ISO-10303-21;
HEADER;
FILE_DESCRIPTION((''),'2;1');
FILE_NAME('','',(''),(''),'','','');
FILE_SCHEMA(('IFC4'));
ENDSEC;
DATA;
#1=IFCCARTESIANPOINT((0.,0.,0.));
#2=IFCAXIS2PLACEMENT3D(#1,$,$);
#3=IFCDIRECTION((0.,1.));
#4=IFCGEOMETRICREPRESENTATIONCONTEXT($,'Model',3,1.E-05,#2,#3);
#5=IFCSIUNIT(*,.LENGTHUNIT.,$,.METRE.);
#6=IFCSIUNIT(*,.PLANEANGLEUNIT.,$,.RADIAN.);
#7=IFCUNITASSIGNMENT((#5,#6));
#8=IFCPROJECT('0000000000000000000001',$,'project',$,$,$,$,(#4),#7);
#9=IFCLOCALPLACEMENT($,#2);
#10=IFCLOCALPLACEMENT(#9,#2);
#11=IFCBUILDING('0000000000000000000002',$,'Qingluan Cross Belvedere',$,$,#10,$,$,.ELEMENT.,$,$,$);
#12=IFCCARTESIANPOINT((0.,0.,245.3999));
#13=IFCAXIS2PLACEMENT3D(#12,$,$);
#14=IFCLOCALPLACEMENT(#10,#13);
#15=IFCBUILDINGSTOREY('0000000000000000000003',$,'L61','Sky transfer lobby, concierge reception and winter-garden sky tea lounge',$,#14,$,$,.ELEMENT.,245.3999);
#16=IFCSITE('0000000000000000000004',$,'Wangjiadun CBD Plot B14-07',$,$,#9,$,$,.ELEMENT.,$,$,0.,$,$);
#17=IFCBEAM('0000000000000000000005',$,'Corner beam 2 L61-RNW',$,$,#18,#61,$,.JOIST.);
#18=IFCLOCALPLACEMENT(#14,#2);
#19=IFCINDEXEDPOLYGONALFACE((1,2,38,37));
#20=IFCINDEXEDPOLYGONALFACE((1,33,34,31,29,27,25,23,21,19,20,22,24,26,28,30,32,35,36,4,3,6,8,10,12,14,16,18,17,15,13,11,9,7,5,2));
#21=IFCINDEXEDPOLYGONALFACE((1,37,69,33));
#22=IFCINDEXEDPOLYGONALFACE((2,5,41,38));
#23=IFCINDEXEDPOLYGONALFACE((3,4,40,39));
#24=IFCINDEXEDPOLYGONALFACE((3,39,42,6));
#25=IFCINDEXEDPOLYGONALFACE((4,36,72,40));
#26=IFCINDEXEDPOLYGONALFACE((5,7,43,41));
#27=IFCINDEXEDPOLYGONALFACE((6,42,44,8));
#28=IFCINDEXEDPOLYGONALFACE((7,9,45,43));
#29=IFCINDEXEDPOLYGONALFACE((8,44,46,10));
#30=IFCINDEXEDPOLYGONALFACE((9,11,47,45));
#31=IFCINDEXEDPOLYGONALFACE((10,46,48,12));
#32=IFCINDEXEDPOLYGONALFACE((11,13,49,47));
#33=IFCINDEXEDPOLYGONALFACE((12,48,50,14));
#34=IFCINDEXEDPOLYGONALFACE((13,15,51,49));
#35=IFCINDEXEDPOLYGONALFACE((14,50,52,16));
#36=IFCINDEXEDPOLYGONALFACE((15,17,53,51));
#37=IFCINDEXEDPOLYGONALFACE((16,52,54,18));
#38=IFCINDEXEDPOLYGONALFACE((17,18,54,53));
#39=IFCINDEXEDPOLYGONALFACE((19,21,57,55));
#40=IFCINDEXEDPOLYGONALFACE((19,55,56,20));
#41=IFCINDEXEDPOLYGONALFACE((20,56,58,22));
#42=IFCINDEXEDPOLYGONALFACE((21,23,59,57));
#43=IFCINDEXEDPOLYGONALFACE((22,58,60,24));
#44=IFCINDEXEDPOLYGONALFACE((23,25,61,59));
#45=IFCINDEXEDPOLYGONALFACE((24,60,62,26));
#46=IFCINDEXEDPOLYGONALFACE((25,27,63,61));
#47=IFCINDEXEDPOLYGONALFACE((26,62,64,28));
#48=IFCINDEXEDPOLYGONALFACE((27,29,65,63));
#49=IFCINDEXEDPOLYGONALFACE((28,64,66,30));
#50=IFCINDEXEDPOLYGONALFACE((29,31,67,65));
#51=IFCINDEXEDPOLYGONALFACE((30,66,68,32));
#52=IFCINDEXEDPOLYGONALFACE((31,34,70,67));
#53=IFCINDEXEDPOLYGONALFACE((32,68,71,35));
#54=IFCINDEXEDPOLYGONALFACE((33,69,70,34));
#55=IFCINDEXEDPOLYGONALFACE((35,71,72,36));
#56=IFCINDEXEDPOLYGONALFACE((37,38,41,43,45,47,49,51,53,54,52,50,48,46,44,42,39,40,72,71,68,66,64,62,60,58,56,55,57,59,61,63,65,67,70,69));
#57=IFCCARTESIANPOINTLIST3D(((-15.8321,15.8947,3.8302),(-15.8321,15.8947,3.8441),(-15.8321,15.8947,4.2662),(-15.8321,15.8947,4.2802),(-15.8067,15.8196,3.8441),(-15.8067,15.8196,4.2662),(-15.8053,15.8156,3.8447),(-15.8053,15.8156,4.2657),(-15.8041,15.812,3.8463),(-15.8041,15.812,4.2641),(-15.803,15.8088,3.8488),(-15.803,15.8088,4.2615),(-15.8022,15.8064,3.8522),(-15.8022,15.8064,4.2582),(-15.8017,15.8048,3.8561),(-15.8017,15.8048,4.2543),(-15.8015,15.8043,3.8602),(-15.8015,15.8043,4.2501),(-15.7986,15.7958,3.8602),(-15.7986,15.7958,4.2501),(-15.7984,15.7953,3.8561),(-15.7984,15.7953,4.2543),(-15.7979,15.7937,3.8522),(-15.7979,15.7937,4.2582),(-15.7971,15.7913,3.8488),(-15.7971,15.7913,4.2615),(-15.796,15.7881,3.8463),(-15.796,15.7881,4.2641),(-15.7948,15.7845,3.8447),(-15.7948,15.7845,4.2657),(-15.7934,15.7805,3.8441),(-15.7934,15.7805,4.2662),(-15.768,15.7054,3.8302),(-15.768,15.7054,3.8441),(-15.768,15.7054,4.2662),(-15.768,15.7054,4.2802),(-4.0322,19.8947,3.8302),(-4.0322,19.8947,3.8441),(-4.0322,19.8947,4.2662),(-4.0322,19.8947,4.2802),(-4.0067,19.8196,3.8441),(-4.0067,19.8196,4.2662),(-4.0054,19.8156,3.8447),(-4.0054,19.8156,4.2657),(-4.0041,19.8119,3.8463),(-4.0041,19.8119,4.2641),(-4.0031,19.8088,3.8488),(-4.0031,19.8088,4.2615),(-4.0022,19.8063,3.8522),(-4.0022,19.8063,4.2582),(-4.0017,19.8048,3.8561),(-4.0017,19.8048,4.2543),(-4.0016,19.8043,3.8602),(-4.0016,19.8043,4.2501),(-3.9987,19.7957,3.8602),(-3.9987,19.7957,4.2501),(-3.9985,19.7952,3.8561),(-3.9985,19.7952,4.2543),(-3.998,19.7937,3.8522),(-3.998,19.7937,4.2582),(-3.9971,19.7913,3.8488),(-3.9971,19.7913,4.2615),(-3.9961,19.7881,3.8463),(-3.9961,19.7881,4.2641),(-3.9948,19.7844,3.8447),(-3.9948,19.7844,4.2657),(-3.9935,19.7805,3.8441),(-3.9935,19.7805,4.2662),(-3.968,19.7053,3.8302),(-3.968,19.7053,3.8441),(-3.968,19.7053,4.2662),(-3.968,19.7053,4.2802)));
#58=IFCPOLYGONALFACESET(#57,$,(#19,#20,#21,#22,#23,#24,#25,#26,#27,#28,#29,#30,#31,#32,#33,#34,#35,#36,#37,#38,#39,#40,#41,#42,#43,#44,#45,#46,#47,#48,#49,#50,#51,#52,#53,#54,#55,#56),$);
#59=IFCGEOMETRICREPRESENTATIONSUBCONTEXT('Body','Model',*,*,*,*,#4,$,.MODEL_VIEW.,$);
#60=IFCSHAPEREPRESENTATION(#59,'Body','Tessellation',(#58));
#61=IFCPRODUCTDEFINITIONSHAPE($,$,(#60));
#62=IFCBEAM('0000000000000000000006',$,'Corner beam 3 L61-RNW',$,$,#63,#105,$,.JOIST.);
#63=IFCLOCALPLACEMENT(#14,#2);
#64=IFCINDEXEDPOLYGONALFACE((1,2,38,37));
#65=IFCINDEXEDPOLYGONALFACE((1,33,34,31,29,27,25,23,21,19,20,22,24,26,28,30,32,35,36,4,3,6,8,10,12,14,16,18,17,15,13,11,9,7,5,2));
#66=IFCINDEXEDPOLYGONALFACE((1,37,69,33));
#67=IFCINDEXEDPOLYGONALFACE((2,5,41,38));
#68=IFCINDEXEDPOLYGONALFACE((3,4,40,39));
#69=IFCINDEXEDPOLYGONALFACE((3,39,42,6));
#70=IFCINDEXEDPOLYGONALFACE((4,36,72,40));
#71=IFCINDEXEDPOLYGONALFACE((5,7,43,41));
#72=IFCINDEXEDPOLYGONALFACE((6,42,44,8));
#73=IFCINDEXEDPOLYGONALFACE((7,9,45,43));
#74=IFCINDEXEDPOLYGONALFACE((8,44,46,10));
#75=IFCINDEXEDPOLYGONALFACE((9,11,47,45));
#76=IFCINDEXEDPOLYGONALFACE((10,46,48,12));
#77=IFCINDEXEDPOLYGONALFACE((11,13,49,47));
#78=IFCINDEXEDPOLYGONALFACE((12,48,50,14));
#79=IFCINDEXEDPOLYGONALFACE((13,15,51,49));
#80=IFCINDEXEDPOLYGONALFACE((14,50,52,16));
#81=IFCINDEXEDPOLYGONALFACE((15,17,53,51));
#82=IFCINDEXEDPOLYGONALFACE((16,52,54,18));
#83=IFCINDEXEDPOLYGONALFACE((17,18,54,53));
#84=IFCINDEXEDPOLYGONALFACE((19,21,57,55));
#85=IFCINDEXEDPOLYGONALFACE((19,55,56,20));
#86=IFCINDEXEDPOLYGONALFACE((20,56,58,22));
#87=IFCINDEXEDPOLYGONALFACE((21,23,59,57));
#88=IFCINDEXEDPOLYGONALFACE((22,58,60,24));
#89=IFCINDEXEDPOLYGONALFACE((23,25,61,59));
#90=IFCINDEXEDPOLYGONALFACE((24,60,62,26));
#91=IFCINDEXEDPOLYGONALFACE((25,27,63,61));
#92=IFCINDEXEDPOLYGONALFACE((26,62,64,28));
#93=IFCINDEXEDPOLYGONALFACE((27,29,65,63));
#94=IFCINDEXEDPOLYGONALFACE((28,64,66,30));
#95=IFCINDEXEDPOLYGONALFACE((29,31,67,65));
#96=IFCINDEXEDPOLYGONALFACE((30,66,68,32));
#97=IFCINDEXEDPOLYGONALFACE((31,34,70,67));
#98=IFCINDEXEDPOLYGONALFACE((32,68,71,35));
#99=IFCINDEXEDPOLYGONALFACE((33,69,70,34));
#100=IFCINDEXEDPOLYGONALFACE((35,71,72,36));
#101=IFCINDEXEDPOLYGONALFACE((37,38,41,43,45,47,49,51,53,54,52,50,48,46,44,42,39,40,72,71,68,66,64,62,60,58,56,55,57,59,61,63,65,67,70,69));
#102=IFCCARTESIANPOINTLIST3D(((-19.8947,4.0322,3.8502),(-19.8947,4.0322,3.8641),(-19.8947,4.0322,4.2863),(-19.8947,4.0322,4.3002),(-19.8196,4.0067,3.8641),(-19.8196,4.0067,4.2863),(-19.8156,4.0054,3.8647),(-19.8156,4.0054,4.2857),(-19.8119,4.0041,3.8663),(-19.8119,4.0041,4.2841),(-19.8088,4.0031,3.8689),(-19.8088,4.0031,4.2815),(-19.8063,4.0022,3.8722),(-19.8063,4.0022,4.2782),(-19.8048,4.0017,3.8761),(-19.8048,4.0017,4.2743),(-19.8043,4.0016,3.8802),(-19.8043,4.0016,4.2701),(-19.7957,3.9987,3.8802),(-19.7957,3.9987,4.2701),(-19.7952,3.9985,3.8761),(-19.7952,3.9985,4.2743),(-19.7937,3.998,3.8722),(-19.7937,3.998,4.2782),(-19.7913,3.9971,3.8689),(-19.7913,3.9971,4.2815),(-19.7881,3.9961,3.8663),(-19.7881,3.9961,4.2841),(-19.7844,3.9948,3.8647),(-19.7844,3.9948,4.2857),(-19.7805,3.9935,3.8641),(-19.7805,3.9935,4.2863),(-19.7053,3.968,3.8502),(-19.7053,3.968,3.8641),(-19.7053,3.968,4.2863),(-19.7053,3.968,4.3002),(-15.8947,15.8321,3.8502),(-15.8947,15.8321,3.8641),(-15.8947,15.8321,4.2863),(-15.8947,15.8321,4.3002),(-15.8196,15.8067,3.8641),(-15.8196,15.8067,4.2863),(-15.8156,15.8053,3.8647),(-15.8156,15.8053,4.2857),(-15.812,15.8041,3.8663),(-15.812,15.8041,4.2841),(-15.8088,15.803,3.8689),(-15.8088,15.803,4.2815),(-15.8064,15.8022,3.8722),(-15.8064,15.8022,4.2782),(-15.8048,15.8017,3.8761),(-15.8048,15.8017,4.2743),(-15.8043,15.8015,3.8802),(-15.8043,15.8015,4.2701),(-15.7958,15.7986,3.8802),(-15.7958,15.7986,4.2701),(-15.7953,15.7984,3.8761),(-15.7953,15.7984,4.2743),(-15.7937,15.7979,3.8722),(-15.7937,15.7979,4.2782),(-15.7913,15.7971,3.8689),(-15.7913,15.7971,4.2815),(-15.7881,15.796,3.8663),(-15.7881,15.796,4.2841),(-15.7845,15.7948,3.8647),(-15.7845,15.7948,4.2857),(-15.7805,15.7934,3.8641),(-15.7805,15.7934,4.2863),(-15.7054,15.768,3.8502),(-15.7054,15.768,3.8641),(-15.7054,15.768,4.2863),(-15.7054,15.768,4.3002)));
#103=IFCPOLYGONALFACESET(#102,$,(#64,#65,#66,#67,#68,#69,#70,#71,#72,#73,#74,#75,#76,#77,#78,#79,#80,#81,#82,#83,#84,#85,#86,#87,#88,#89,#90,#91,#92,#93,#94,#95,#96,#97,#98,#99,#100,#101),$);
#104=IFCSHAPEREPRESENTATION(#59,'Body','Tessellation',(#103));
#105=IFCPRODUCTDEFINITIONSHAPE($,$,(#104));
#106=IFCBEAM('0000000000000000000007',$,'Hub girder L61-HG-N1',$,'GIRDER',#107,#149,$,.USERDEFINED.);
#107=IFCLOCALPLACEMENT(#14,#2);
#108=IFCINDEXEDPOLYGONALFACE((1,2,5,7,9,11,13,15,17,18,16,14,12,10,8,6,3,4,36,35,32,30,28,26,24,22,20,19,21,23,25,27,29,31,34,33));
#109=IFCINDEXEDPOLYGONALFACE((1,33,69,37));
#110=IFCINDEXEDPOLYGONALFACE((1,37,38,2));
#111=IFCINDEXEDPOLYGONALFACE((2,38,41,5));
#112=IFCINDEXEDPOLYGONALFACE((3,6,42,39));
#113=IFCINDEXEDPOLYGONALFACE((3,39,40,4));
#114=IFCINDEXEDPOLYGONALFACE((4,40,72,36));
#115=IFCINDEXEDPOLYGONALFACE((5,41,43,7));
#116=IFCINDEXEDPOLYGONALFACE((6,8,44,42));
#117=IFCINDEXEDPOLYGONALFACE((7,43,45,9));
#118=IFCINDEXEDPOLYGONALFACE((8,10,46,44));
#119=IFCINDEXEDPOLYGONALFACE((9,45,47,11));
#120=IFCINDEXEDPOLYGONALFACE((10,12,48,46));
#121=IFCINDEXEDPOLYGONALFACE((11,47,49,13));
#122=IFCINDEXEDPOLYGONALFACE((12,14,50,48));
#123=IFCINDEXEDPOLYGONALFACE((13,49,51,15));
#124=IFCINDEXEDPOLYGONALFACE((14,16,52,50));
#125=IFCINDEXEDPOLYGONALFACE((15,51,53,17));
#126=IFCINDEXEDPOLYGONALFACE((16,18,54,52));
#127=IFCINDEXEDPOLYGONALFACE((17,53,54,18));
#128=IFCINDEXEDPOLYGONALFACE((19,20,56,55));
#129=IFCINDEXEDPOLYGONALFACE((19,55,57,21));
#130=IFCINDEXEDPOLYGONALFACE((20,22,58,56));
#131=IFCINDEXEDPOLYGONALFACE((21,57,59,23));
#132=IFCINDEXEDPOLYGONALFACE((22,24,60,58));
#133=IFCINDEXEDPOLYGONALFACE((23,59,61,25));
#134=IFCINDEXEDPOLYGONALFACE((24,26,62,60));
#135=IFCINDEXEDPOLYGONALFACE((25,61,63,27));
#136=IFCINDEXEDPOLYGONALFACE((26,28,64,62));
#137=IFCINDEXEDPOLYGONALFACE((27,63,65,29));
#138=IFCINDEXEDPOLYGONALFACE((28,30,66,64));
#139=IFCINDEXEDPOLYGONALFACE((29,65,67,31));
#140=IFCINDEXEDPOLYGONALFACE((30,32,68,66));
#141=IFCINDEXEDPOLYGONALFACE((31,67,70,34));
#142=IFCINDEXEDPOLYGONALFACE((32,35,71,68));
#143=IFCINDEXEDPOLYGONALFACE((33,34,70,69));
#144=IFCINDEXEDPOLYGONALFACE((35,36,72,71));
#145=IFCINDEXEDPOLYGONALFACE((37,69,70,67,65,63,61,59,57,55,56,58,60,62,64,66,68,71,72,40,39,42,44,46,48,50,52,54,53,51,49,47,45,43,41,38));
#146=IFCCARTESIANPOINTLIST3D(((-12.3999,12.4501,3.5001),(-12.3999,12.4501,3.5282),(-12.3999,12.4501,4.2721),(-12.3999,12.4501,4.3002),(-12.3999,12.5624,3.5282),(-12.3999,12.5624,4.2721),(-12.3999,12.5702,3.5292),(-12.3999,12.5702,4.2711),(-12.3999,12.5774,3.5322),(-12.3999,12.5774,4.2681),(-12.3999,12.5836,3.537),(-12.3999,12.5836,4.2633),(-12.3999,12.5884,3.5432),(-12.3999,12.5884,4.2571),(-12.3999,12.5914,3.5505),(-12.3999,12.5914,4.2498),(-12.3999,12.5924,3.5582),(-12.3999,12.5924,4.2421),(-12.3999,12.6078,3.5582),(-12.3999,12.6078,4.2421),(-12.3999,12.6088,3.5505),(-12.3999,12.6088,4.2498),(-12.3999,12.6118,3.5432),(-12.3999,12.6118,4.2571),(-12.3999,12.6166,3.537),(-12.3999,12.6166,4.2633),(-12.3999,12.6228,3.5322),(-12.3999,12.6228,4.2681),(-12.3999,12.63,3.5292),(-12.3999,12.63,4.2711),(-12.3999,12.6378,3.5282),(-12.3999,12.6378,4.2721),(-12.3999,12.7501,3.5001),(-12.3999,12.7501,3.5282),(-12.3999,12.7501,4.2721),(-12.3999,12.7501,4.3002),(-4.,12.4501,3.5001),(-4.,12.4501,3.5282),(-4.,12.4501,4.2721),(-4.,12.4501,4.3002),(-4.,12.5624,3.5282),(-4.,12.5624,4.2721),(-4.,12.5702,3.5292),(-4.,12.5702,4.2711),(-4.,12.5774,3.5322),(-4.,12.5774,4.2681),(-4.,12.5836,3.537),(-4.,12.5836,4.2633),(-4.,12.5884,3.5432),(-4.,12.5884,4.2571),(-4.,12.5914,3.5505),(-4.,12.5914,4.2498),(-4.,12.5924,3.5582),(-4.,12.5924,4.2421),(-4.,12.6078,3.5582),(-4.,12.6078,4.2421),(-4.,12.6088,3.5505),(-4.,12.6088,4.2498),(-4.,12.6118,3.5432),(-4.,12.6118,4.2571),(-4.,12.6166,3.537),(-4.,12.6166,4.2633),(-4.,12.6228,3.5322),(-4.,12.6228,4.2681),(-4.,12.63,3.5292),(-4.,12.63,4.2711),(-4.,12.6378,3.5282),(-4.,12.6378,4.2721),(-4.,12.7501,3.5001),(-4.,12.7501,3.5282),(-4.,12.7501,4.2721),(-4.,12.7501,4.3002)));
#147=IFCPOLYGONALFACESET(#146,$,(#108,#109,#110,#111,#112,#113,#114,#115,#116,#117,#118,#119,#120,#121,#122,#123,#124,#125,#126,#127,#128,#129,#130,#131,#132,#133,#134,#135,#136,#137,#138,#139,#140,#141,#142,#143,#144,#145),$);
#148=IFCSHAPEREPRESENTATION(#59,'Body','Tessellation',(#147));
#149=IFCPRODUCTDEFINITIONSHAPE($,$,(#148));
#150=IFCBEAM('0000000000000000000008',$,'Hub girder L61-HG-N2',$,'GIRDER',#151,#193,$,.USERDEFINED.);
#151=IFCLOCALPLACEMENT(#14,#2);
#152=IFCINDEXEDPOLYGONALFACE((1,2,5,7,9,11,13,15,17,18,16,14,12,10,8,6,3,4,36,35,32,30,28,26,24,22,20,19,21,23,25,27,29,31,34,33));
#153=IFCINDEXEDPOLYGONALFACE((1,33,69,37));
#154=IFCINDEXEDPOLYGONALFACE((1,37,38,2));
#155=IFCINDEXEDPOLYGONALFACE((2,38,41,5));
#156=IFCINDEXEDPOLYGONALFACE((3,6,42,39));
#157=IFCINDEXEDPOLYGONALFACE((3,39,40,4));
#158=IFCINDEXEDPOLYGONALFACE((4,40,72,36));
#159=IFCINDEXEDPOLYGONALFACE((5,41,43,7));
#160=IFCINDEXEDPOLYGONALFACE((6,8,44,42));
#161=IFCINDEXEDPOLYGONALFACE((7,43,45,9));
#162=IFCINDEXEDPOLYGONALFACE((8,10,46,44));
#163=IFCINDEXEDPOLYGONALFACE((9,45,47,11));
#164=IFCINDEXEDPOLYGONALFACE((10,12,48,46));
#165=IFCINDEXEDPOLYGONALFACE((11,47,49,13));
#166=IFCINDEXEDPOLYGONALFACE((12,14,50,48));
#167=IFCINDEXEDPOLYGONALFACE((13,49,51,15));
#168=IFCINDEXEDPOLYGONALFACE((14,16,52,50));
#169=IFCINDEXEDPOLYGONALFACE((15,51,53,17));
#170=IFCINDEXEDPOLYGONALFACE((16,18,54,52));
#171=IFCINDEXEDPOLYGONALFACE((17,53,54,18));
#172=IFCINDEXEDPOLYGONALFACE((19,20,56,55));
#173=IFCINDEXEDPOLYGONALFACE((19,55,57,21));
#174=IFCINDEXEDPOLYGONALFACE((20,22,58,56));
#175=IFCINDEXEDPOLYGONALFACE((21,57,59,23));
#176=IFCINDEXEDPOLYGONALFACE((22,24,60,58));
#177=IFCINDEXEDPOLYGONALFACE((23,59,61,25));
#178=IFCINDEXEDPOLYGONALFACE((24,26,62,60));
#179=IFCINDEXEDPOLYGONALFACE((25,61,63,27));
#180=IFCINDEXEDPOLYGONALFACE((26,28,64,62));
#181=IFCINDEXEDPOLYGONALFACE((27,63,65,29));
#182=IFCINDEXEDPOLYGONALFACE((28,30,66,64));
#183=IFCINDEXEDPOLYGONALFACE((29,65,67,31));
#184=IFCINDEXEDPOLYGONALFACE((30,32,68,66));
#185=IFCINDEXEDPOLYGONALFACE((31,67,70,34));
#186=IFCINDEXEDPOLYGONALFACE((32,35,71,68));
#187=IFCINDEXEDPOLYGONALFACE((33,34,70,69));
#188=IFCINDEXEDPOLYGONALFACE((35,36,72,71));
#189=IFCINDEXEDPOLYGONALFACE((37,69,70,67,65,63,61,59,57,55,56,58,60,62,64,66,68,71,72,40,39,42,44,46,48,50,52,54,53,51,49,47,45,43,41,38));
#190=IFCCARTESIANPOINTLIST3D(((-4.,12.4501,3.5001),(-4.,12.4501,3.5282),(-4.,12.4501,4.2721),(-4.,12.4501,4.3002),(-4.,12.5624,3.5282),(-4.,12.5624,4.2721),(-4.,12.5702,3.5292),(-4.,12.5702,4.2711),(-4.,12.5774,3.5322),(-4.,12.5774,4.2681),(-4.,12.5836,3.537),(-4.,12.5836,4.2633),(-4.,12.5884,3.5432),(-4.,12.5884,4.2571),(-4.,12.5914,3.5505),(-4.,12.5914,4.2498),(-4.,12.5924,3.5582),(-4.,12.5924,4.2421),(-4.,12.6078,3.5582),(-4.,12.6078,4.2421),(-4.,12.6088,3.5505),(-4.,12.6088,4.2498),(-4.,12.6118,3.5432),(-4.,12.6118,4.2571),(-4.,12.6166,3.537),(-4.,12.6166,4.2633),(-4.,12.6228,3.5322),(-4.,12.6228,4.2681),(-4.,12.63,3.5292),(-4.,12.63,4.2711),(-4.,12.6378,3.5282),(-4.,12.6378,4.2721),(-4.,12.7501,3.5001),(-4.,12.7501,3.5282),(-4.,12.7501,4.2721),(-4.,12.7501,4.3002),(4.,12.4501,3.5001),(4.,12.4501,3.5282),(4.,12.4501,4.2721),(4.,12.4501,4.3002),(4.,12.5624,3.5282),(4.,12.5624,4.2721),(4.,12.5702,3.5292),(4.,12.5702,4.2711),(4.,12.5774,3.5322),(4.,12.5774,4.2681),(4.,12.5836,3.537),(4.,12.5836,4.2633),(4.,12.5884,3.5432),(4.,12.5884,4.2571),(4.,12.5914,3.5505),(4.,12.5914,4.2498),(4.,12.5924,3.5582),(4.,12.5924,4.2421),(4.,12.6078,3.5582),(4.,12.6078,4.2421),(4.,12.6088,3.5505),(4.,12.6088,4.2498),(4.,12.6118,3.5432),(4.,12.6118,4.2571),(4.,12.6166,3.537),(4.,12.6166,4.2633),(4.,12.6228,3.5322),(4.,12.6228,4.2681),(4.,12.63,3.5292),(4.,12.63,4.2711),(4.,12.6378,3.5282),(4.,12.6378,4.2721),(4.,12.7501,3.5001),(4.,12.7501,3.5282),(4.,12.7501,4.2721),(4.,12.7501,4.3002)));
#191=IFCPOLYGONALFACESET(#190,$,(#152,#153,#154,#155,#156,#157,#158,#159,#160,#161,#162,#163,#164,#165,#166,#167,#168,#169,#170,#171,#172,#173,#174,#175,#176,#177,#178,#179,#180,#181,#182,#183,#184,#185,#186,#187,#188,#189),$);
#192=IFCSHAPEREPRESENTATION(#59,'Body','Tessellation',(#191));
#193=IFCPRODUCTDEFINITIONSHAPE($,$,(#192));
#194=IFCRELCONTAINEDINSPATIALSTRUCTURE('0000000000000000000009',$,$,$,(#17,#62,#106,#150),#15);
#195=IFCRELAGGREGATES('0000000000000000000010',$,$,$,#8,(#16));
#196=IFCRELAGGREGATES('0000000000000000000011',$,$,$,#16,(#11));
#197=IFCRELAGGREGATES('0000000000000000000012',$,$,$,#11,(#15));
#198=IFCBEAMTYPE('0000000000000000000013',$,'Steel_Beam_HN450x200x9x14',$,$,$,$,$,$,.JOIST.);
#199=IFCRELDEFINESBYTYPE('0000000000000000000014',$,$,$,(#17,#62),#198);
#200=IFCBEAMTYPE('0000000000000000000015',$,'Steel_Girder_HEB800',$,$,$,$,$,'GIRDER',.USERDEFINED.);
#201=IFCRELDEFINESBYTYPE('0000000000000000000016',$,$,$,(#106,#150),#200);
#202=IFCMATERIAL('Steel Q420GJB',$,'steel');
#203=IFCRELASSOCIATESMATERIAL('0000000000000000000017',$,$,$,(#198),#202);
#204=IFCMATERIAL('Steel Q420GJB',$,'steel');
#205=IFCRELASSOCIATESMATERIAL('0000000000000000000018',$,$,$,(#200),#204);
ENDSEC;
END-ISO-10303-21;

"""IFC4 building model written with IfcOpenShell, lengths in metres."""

from ifc_helpers import new_model, si_unit, direction, frame, origin, origin_2d, place, context, subcontext, project, spatial, i_section, extrude, material, material_profile, profile_set, type_object, element, save


model = new_model("IFC4")

# Units and contexts
model_context = context("Model", 3, precision=1e-05, world=origin(), true_north=direction((0.0, 1.0)))
body_context = subcontext(model_context, "Body", "Model", "MODEL_VIEW")
ifc_project = project(units=[si_unit("LENGTHUNIT", "METRE"), si_unit("PLANEANGLEUNIT", "RADIAN")], contexts=[model_context])

# Site, building, storey
site_placement = place(None, origin())
site = spatial("IfcSite", under=ifc_project, at=site_placement, Name="Wangjiadun CBD Plot B14-07", CompositionType="ELEMENT", RefElevation=0.0)
building_placement = place(site_placement, origin())
building = spatial("IfcBuilding", under=site, at=building_placement, Name="Qingluan Cross Belvedere", CompositionType="ELEMENT")
storey_placement = place(building_placement, frame((0.0, 0.0, 245.3999)))
storey = spatial("IfcBuildingStorey", under=building, at=storey_placement, Name="L61", Description="Sky transfer lobby, concierge reception and winter-garden sky tea lounge", CompositionType="ELEMENT", Elevation=245.3999)

# Beams
ifc_material_1 = material(Name="Steel Q420GJB", Category="steel")
ifc_material_profile_1 = material_profile(ifc_material_1, i_section(OverallWidth=0.2, OverallDepth=0.45, WebThickness=0.009, FlangeThickness=0.0139, FilletRadius=0.0161, at=origin_2d()), Name="HN450x200x9x14")
ifc_profile_set_1 = profile_set([ifc_material_profile_1], Name="Steel Q420GJB")
beam_type_1 = type_object("IfcBeamType", Name="Steel_Beam_HN450x200x9x14", PredefinedType="JOIST", material=ifc_profile_set_1)
for number, where, z_axis, x_axis, name in (
    (1, (-15.8, 15.8, 4.0552), (0.947066, 0.321038, 0.0), (-0.321038, 0.947066, 0.0), "Corner beam 2 L61-RNW"),
    (2, (-15.8, 15.8, 4.0752), (-0.321038, -0.947066, 0.0), (0.947066, -0.321038, 0.0), "Corner beam 3 L61-RNW"),
):
    element("IfcBeam", number, at=place(storey_placement, frame(where, z_axis=z_axis, x_axis=x_axis)), inside=storey, type_object=beam_type_1, Name=name, PredefinedType="JOIST", context=body_context, shape_type="SweptSolid", body=[
        extrude(i_section(OverallWidth=0.2, OverallDepth=0.45, WebThickness=0.009, FlangeThickness=0.0139, FilletRadius=0.0161, at=origin_2d()), origin(), (0.0, 0.0, 1.0), 12.4595),
    ])
ifc_material_2 = material(Name="Steel Q420GJB", Category="steel")
ifc_material_profile_2 = material_profile(ifc_material_2, i_section(OverallWidth=0.3, OverallDepth=0.8, WebThickness=0.0154, FlangeThickness=0.0281, FilletRadius=0.03, at=origin_2d()), Name="HEB800")
ifc_profile_set_2 = profile_set([ifc_material_profile_2], Name="Steel Q420GJB")
beam_type_2 = type_object("IfcBeamType", Name="Steel_Girder_HEB800", ElementType="GIRDER", PredefinedType="USERDEFINED", material=ifc_profile_set_2)
beam_1_placement = place(storey_placement, frame((-12.3999, 12.6001, 3.9001), z_axis=(1.0, 0.0, 0.0), x_axis=(0.0, 1.0, 0.0)))
element("IfcBeam", 3, at=beam_1_placement, inside=storey, type_object=beam_type_2, Name="Hub girder L61-HG-N1", ObjectType="GIRDER", PredefinedType="USERDEFINED", context=body_context, shape_type="SweptSolid", body=[
    extrude(i_section(OverallWidth=0.3, OverallDepth=0.8, WebThickness=0.0154, FlangeThickness=0.0281, FilletRadius=0.03, at=origin_2d()), origin(), (0.0, 0.0, 1.0), 8.3999),
])
beam_2_placement = place(storey_placement, frame((-4.0, 12.6001, 3.9001), z_axis=(1.0, 0.0, 0.0), x_axis=(0.0, 1.0, 0.0)))
element("IfcBeam", 4, at=beam_2_placement, inside=storey, type_object=beam_type_2, Name="Hub girder L61-HG-N2", ObjectType="GIRDER", PredefinedType="USERDEFINED", context=body_context, shape_type="SweptSolid", body=[
    extrude(i_section(OverallWidth=0.3, OverallDepth=0.8, WebThickness=0.0154, FlangeThickness=0.0281, FilletRadius=0.03, at=origin_2d()), origin(), (0.0, 0.0, 1.0), 8.0),
])

save(model, "model.ifc")
